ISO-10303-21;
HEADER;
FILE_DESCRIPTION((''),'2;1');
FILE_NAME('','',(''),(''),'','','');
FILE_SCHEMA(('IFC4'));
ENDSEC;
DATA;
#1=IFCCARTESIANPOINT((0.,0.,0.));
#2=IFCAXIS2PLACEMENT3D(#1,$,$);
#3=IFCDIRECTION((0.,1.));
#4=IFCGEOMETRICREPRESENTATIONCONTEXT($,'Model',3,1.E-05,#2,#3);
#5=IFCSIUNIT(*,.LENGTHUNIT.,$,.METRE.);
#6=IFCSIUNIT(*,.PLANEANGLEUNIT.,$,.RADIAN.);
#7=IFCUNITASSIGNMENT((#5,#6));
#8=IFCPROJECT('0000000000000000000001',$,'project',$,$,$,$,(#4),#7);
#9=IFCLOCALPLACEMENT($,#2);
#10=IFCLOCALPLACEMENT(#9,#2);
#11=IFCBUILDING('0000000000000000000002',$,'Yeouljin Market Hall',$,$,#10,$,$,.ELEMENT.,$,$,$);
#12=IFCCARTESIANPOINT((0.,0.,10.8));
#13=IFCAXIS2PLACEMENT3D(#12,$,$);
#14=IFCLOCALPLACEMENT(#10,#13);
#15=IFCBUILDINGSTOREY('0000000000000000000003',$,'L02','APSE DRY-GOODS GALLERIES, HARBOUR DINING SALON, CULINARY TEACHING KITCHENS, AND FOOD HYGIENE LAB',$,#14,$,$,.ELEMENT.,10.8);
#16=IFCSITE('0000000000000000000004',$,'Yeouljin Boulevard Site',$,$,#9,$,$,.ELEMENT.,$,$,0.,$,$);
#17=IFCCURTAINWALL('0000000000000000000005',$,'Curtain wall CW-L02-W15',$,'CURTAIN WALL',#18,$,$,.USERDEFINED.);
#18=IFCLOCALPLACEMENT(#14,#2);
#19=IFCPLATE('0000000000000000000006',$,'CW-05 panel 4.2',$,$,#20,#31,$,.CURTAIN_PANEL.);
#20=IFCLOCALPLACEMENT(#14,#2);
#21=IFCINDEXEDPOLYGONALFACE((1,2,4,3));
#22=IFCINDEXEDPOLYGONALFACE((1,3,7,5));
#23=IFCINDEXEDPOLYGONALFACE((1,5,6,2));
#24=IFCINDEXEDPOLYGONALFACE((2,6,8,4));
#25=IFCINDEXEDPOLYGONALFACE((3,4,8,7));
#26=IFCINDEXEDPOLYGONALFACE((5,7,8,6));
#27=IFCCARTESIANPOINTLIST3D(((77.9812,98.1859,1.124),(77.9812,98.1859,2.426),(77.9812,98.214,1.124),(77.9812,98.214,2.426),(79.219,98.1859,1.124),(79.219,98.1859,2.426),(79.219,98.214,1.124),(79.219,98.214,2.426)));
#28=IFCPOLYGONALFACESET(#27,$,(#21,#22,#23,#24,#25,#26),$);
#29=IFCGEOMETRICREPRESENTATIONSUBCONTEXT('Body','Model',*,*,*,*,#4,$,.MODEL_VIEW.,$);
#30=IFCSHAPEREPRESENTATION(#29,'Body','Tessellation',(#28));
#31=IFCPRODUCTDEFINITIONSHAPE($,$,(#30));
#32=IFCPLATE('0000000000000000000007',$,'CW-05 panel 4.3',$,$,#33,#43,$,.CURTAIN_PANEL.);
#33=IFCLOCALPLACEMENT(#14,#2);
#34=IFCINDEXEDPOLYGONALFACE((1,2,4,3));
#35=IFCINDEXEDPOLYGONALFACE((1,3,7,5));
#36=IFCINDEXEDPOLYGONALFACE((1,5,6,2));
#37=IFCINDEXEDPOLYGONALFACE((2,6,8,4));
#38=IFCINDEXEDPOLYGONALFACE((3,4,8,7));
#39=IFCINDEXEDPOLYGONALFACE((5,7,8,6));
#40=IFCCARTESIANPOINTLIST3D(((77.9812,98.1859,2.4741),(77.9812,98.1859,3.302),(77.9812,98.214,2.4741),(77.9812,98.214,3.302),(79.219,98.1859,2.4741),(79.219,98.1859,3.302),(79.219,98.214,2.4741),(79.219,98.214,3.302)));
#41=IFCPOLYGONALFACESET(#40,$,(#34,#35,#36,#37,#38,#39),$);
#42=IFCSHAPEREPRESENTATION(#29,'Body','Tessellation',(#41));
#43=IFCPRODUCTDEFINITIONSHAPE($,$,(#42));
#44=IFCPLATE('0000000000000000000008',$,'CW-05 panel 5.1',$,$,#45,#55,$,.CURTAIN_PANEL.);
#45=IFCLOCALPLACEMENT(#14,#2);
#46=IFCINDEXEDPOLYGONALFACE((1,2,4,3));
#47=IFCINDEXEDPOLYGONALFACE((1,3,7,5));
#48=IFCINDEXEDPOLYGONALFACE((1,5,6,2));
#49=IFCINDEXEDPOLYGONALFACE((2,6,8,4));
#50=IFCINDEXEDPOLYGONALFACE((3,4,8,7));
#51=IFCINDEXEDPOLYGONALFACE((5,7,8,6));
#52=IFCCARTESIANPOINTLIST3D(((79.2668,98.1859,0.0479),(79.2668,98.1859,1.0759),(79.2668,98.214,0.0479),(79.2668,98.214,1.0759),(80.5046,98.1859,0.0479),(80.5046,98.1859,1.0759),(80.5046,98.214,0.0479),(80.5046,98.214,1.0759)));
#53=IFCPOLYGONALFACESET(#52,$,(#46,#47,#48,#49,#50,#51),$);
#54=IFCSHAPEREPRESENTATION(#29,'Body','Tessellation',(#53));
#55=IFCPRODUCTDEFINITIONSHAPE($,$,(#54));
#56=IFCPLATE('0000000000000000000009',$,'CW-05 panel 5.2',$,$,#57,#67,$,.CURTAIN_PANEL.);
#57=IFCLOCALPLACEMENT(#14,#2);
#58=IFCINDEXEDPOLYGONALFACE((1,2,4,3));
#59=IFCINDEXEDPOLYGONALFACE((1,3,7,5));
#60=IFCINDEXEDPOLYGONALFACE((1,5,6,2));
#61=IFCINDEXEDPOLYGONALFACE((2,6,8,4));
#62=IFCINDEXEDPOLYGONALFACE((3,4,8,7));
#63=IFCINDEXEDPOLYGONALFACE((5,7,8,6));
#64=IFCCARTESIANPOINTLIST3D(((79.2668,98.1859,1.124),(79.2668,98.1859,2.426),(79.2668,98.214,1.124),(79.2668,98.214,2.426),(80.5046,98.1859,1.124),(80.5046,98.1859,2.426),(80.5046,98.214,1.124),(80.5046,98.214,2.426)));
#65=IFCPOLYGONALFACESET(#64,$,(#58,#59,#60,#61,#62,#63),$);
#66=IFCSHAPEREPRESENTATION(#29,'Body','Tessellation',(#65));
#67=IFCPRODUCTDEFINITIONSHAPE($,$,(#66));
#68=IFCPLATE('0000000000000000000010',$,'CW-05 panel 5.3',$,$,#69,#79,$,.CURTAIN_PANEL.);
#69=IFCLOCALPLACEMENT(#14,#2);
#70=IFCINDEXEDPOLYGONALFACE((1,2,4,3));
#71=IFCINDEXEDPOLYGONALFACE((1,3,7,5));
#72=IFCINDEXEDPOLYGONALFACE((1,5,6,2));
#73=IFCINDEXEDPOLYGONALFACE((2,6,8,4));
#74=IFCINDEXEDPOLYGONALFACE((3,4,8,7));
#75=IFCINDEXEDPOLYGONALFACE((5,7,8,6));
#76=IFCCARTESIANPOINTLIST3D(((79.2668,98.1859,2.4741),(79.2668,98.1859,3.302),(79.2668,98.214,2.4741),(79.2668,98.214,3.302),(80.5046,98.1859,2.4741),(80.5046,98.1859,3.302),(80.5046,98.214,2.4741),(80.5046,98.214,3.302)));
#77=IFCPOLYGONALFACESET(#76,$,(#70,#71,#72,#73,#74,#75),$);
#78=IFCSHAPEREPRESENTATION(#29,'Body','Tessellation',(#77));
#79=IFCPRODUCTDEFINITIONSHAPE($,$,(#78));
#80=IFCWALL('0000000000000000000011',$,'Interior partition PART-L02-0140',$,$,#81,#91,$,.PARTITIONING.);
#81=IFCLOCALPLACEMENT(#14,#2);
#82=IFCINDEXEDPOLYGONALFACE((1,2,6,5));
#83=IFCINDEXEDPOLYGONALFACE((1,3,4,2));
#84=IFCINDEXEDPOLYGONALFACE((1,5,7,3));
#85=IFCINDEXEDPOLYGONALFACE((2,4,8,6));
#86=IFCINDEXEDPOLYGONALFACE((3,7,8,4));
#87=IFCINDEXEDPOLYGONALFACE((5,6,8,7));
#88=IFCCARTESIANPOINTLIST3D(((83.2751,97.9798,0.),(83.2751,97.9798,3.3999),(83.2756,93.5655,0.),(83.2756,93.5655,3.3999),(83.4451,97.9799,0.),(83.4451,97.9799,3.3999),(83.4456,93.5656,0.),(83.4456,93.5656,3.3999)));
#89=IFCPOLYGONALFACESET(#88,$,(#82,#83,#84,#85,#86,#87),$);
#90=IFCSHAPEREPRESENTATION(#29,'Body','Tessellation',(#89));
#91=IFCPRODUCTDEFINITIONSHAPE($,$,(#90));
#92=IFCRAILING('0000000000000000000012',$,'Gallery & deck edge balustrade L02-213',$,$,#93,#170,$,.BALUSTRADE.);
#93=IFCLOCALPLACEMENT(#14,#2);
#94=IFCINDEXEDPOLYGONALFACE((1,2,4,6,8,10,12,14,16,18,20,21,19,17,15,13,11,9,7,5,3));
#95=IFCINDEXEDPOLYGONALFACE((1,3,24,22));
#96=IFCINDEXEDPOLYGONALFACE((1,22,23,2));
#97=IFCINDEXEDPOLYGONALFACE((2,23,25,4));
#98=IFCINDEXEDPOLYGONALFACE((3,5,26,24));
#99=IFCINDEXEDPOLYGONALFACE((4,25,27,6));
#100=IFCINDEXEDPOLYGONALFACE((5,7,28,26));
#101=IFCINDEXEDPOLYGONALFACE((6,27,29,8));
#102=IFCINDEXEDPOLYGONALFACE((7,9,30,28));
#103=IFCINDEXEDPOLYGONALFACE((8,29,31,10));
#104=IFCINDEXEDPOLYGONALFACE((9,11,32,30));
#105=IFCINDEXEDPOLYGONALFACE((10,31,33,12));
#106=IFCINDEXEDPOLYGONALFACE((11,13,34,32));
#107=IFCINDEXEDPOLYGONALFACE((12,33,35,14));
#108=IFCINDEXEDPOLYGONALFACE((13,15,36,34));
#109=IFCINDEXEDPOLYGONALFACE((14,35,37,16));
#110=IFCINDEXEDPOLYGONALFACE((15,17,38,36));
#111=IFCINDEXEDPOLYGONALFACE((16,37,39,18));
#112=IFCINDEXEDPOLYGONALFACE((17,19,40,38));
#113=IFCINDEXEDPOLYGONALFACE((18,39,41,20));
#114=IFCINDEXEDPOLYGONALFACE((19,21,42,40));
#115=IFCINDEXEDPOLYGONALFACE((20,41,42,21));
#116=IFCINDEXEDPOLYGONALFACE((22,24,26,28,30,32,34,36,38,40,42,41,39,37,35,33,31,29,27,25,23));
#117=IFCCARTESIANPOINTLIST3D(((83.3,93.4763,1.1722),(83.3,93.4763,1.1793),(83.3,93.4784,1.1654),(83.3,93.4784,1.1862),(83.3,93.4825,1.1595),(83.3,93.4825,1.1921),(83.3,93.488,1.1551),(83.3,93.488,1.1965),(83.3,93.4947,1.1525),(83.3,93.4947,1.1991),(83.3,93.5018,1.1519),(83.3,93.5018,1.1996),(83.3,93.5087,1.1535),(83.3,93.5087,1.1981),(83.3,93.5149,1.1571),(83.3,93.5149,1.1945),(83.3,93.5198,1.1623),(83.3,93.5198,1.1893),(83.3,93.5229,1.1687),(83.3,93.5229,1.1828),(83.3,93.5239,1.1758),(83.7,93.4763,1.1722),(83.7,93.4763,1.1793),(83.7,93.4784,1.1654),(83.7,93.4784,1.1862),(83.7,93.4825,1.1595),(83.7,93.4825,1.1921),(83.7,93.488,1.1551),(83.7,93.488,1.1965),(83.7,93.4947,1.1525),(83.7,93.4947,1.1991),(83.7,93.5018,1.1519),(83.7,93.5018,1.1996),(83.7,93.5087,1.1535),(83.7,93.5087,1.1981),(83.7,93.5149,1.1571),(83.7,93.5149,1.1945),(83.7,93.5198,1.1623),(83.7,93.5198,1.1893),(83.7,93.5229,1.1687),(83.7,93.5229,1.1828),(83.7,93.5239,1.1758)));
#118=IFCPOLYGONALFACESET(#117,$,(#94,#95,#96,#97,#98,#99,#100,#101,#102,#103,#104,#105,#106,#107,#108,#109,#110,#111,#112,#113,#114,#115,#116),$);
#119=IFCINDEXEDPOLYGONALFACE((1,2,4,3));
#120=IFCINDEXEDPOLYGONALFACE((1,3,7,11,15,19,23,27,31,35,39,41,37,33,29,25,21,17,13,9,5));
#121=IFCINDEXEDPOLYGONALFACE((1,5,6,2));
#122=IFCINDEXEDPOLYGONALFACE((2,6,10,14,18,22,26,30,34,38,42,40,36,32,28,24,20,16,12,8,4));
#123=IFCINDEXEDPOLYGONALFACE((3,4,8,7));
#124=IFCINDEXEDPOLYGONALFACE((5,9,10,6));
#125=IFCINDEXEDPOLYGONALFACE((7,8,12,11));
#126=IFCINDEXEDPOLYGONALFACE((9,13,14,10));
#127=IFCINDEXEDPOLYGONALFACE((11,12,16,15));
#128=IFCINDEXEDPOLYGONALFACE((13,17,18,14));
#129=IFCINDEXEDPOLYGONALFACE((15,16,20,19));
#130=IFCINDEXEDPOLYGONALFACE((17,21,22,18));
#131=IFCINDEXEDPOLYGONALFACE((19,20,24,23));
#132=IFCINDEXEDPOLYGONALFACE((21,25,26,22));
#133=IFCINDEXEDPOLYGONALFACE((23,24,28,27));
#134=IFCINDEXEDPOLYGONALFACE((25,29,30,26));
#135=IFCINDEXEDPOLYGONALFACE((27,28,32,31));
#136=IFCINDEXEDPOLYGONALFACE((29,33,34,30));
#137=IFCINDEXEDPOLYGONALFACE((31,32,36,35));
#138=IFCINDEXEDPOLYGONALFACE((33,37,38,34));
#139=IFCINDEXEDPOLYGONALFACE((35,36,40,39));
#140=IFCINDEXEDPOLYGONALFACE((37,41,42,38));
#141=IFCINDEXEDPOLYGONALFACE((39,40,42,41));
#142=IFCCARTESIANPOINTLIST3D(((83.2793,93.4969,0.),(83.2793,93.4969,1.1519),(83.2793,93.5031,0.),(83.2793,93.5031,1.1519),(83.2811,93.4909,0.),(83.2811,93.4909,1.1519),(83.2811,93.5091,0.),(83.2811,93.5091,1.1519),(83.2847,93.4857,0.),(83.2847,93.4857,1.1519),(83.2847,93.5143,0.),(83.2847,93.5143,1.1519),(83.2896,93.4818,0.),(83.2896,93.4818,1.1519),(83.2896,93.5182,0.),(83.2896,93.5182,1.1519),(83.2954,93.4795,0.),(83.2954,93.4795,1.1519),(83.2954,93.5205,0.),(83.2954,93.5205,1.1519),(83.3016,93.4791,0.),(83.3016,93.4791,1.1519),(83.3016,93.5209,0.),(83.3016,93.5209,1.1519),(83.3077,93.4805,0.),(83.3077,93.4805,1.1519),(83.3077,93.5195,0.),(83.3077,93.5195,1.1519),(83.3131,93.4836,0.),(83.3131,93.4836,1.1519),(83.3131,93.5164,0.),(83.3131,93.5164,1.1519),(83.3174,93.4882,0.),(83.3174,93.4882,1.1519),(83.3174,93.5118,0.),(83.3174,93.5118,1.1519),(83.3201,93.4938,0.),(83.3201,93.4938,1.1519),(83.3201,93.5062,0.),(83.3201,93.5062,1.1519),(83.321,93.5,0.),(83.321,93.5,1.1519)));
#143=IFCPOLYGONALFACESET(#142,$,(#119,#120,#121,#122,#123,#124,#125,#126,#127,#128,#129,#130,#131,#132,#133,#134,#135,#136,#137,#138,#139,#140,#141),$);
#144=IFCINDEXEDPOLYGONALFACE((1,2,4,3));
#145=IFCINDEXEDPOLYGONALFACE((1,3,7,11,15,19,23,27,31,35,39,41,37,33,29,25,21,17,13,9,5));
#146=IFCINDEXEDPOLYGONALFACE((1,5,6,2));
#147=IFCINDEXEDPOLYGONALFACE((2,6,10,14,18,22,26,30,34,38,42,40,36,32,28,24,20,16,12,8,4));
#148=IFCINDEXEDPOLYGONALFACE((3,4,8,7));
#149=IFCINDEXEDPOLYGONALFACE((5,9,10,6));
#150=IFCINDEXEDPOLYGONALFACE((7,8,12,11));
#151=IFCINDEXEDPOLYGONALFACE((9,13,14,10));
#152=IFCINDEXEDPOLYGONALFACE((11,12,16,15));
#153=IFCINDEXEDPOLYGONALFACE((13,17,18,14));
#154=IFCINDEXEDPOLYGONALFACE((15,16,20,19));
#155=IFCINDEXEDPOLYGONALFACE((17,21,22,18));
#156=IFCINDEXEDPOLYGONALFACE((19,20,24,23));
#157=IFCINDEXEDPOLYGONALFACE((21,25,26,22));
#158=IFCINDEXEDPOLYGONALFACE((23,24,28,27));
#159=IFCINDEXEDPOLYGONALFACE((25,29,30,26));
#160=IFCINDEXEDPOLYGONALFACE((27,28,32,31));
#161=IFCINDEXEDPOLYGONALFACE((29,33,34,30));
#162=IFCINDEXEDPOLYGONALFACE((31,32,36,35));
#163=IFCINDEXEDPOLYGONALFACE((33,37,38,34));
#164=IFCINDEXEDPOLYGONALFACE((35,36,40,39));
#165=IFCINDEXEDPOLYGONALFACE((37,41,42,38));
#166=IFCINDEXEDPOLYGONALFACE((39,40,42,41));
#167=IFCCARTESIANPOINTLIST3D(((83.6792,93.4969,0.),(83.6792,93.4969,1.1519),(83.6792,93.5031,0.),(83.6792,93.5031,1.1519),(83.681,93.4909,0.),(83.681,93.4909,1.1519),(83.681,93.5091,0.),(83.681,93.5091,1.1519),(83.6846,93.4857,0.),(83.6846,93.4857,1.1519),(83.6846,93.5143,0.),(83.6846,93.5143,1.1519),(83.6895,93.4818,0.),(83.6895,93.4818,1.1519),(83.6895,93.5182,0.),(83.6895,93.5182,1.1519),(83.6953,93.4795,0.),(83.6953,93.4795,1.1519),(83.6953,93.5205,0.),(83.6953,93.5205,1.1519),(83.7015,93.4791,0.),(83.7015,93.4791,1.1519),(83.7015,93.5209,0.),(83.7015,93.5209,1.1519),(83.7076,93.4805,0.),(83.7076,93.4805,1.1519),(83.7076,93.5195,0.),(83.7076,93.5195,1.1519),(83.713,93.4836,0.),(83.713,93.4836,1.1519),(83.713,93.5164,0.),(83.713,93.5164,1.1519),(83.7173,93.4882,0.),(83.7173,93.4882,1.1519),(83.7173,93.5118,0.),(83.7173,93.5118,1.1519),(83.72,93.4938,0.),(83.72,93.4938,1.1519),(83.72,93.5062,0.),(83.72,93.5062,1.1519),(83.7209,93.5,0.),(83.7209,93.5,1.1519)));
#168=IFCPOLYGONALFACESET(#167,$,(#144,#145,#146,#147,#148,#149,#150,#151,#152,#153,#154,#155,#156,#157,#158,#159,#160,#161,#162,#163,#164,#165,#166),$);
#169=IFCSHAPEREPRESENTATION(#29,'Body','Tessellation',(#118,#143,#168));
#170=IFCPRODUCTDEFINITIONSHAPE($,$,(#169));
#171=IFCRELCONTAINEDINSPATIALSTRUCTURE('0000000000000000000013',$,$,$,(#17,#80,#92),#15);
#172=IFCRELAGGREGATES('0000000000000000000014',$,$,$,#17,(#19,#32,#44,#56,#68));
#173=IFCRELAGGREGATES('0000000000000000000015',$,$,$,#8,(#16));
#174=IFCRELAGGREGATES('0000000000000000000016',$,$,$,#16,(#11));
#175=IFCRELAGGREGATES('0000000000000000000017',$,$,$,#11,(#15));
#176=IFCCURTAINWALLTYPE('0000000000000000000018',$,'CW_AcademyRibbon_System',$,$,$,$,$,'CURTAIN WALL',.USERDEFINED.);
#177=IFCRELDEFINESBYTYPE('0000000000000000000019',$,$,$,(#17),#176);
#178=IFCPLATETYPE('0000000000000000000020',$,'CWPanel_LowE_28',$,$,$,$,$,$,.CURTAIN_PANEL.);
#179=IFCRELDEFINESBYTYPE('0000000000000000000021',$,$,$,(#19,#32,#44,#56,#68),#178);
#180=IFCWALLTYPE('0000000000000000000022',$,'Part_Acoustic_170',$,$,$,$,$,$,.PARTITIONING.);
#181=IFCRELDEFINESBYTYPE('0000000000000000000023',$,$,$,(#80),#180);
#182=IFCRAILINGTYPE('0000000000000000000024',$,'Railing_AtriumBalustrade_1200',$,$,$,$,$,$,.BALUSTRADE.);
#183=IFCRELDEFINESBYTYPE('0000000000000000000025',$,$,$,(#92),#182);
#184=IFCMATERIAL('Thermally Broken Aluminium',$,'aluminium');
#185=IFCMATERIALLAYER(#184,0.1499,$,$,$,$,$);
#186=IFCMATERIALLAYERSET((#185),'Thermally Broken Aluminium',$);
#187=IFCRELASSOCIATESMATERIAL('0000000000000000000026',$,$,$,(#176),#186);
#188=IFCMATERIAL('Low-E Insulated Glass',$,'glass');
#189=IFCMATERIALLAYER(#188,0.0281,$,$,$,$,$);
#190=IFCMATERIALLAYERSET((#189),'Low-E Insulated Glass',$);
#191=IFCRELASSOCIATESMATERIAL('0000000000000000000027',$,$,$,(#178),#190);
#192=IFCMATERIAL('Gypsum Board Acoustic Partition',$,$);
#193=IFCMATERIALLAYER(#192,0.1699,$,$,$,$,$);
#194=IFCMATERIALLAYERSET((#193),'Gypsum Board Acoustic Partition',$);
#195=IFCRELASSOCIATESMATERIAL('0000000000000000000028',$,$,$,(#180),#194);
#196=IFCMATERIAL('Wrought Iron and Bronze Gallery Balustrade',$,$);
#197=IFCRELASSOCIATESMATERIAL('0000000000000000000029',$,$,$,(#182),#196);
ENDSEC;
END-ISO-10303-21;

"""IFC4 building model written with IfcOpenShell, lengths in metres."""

from ifc_helpers import new_model, si_unit, direction, frame, frame_2d, origin, origin_2d, place, context, subcontext, project, spatial, rectangle, circle, extrude, material, layer, layer_set, type_object, element, aggregate, save


model = new_model("IFC4")

# Units and contexts
model_context = context("Model", 3, precision=1e-05, world=origin(), true_north=direction((0.0, 1.0)))
body_context = subcontext(model_context, "Body", "Model", "MODEL_VIEW")
ifc_project = project(units=[si_unit("LENGTHUNIT", "METRE"), si_unit("PLANEANGLEUNIT", "RADIAN")], contexts=[model_context])

# Site, building, storey
site_placement = place(None, origin())
site = spatial("IfcSite", under=ifc_project, at=site_placement, Name="Yeouljin Boulevard Site", CompositionType="ELEMENT", RefElevation=0.0)
building_placement = place(site_placement, origin())
building = spatial("IfcBuilding", under=site, at=building_placement, Name="Yeouljin Market Hall", CompositionType="ELEMENT")
storey_placement = place(building_placement, frame((0.0, 0.0, 10.8)))
storey = spatial("IfcBuildingStorey", under=building, at=storey_placement, Name="L02", Description="APSE DRY-GOODS GALLERIES, HARBOUR DINING SALON, CULINARY TEACHING KITCHENS, AND FOOD HYGIENE LAB", CompositionType="ELEMENT", Elevation=10.8)

# Curtain wall, plates
ifc_material_1 = material(Name="Thermally Broken Aluminium", Category="aluminium")
ifc_layer_1 = layer(ifc_material_1, 0.1499)
ifc_layer_set_1 = layer_set([ifc_layer_1], Name="Thermally Broken Aluminium")
curtain_wall_type = type_object("IfcCurtainWallType", Name="CW_AcademyRibbon_System", ElementType="CURTAIN WALL", PredefinedType="USERDEFINED", material=ifc_layer_set_1)
curtain_wall_placement = place(storey_placement, origin())
curtain_wall = element("IfcCurtainWall", 1, at=curtain_wall_placement, inside=storey, type_object=curtain_wall_type, Name="Curtain wall CW-L02-W15", ObjectType="CURTAIN WALL", PredefinedType="USERDEFINED")
ifc_material_2 = material(Name="Low-E Insulated Glass", Category="glass")
ifc_layer_2 = layer(ifc_material_2, 0.0281)
ifc_layer_set_2 = layer_set([ifc_layer_2], Name="Low-E Insulated Glass")
plate_type = type_object("IfcPlateType", Name="CWPanel_LowE_28", PredefinedType="CURTAIN_PANEL", material=ifc_layer_set_2)
plate_1_placement = place(storey_placement, frame((78.6001, 98.2, 1.124), z_axis=(0.0, 0.0, 1.0), x_axis=(1.0, 0.0, 0.0)))
plate_1 = element("IfcPlate", 2, at=plate_1_placement, type_object=plate_type, Name="CW-05 panel 4.2", PredefinedType="CURTAIN_PANEL", context=body_context, shape_type="SweptSolid", body=[
    extrude(rectangle(XDim=1.2378, YDim=0.0281, at=origin_2d()), origin(), (0.0, 0.0, 1.0), 1.302),
])
plate_2_placement = place(storey_placement, frame((78.6001, 98.2, 2.4741), z_axis=(0.0, 0.0, 1.0), x_axis=(1.0, 0.0, 0.0)))
plate_2 = element("IfcPlate", 3, at=plate_2_placement, type_object=plate_type, Name="CW-05 panel 4.3", PredefinedType="CURTAIN_PANEL", context=body_context, shape_type="SweptSolid", body=[
    extrude(rectangle(XDim=1.2378, YDim=0.0281, at=origin_2d()), origin(), (0.0, 0.0, 1.0), 0.8279),
])
plate_3_placement = place(storey_placement, frame((79.8857, 98.2, 0.0479), z_axis=(0.0, 0.0, 1.0), x_axis=(1.0, 0.0, 0.0)))
plate_3 = element("IfcPlate", 4, at=plate_3_placement, type_object=plate_type, Name="CW-05 panel 5.1", PredefinedType="CURTAIN_PANEL", context=body_context, shape_type="SweptSolid", body=[
    extrude(rectangle(XDim=1.2378, YDim=0.0281, at=origin_2d()), origin(), (0.0, 0.0, 1.0), 1.0281),
])
plate_4_placement = place(storey_placement, frame((79.8857, 98.2, 1.124), z_axis=(0.0, 0.0, 1.0), x_axis=(1.0, 0.0, 0.0)))
plate_4 = element("IfcPlate", 5, at=plate_4_placement, type_object=plate_type, Name="CW-05 panel 5.2", PredefinedType="CURTAIN_PANEL", context=body_context, shape_type="SweptSolid", body=[
    extrude(rectangle(XDim=1.2378, YDim=0.0281, at=origin_2d()), origin(), (0.0, 0.0, 1.0), 1.302),
])
plate_5_placement = place(storey_placement, frame((79.8857, 98.2, 2.4741), z_axis=(0.0, 0.0, 1.0), x_axis=(1.0, 0.0, 0.0)))
plate_5 = element("IfcPlate", 6, at=plate_5_placement, type_object=plate_type, Name="CW-05 panel 5.3", PredefinedType="CURTAIN_PANEL", context=body_context, shape_type="SweptSolid", body=[
    extrude(rectangle(XDim=1.2378, YDim=0.0281, at=origin_2d()), origin(), (0.0, 0.0, 1.0), 0.8279),
])
aggregate(curtain_wall, [plate_1, plate_2, plate_3, plate_4, plate_5])

# Wall
ifc_material_3 = material(Name="Gypsum Board Acoustic Partition")
ifc_layer_3 = layer(ifc_material_3, 0.1699)
ifc_layer_set_3 = layer_set([ifc_layer_3], Name="Gypsum Board Acoustic Partition")
wall_type = type_object("IfcWallType", Name="Part_Acoustic_170", PredefinedType="PARTITIONING", material=ifc_layer_set_3)
wall_placement = place(storey_placement, frame((83.3606, 93.5657, 0.0), z_axis=(0.0, 0.0, 1.0), x_axis=(-0.000111, 1.0, 0.0)))
element("IfcWall", 7, at=wall_placement, inside=storey, type_object=wall_type, Name="Interior partition PART-L02-0140", PredefinedType="PARTITIONING", context=body_context, shape_type="SweptSolid", body=[
    extrude(rectangle(XDim=4.4143, YDim=0.1699, at=frame_2d((2.207, 0.0))), origin(), (0.0, 0.0, 1.0), 3.3999),
])

# Railing
ifc_material_4 = material(Name="Wrought Iron and Bronze Gallery Balustrade")
railing_type = type_object("IfcRailingType", Name="Railing_AtriumBalustrade_1200", PredefinedType="BALUSTRADE", material=ifc_material_4)
railing_placement = place(storey_placement, frame((83.3, 93.5, 0.0)))
element("IfcRailing", 8, at=railing_placement, inside=storey, type_object=railing_type, Name="Gallery & deck edge balustrade L02-213", PredefinedType="BALUSTRADE", context=body_context, shape_type="SweptSolid", body=[
    extrude(circle(Radius=0.0239, at=origin_2d()), frame((0.0, 0.0, 1.1758), z_axis=(1.0, 0.0, 0.0), x_axis=(0.0, 1.0, 0.0)), (0.0, 0.0, 1.0), 0.3999),
    extrude(circle(Radius=0.021, at=origin_2d()), origin(), (0.0, 0.0, 1.0), 1.1519),
    extrude(circle(Radius=0.021, at=origin_2d()), frame((0.3999, 0.0, 0.0)), (0.0, 0.0, 1.0), 1.1519),
])

save(model, "model.ifc")
